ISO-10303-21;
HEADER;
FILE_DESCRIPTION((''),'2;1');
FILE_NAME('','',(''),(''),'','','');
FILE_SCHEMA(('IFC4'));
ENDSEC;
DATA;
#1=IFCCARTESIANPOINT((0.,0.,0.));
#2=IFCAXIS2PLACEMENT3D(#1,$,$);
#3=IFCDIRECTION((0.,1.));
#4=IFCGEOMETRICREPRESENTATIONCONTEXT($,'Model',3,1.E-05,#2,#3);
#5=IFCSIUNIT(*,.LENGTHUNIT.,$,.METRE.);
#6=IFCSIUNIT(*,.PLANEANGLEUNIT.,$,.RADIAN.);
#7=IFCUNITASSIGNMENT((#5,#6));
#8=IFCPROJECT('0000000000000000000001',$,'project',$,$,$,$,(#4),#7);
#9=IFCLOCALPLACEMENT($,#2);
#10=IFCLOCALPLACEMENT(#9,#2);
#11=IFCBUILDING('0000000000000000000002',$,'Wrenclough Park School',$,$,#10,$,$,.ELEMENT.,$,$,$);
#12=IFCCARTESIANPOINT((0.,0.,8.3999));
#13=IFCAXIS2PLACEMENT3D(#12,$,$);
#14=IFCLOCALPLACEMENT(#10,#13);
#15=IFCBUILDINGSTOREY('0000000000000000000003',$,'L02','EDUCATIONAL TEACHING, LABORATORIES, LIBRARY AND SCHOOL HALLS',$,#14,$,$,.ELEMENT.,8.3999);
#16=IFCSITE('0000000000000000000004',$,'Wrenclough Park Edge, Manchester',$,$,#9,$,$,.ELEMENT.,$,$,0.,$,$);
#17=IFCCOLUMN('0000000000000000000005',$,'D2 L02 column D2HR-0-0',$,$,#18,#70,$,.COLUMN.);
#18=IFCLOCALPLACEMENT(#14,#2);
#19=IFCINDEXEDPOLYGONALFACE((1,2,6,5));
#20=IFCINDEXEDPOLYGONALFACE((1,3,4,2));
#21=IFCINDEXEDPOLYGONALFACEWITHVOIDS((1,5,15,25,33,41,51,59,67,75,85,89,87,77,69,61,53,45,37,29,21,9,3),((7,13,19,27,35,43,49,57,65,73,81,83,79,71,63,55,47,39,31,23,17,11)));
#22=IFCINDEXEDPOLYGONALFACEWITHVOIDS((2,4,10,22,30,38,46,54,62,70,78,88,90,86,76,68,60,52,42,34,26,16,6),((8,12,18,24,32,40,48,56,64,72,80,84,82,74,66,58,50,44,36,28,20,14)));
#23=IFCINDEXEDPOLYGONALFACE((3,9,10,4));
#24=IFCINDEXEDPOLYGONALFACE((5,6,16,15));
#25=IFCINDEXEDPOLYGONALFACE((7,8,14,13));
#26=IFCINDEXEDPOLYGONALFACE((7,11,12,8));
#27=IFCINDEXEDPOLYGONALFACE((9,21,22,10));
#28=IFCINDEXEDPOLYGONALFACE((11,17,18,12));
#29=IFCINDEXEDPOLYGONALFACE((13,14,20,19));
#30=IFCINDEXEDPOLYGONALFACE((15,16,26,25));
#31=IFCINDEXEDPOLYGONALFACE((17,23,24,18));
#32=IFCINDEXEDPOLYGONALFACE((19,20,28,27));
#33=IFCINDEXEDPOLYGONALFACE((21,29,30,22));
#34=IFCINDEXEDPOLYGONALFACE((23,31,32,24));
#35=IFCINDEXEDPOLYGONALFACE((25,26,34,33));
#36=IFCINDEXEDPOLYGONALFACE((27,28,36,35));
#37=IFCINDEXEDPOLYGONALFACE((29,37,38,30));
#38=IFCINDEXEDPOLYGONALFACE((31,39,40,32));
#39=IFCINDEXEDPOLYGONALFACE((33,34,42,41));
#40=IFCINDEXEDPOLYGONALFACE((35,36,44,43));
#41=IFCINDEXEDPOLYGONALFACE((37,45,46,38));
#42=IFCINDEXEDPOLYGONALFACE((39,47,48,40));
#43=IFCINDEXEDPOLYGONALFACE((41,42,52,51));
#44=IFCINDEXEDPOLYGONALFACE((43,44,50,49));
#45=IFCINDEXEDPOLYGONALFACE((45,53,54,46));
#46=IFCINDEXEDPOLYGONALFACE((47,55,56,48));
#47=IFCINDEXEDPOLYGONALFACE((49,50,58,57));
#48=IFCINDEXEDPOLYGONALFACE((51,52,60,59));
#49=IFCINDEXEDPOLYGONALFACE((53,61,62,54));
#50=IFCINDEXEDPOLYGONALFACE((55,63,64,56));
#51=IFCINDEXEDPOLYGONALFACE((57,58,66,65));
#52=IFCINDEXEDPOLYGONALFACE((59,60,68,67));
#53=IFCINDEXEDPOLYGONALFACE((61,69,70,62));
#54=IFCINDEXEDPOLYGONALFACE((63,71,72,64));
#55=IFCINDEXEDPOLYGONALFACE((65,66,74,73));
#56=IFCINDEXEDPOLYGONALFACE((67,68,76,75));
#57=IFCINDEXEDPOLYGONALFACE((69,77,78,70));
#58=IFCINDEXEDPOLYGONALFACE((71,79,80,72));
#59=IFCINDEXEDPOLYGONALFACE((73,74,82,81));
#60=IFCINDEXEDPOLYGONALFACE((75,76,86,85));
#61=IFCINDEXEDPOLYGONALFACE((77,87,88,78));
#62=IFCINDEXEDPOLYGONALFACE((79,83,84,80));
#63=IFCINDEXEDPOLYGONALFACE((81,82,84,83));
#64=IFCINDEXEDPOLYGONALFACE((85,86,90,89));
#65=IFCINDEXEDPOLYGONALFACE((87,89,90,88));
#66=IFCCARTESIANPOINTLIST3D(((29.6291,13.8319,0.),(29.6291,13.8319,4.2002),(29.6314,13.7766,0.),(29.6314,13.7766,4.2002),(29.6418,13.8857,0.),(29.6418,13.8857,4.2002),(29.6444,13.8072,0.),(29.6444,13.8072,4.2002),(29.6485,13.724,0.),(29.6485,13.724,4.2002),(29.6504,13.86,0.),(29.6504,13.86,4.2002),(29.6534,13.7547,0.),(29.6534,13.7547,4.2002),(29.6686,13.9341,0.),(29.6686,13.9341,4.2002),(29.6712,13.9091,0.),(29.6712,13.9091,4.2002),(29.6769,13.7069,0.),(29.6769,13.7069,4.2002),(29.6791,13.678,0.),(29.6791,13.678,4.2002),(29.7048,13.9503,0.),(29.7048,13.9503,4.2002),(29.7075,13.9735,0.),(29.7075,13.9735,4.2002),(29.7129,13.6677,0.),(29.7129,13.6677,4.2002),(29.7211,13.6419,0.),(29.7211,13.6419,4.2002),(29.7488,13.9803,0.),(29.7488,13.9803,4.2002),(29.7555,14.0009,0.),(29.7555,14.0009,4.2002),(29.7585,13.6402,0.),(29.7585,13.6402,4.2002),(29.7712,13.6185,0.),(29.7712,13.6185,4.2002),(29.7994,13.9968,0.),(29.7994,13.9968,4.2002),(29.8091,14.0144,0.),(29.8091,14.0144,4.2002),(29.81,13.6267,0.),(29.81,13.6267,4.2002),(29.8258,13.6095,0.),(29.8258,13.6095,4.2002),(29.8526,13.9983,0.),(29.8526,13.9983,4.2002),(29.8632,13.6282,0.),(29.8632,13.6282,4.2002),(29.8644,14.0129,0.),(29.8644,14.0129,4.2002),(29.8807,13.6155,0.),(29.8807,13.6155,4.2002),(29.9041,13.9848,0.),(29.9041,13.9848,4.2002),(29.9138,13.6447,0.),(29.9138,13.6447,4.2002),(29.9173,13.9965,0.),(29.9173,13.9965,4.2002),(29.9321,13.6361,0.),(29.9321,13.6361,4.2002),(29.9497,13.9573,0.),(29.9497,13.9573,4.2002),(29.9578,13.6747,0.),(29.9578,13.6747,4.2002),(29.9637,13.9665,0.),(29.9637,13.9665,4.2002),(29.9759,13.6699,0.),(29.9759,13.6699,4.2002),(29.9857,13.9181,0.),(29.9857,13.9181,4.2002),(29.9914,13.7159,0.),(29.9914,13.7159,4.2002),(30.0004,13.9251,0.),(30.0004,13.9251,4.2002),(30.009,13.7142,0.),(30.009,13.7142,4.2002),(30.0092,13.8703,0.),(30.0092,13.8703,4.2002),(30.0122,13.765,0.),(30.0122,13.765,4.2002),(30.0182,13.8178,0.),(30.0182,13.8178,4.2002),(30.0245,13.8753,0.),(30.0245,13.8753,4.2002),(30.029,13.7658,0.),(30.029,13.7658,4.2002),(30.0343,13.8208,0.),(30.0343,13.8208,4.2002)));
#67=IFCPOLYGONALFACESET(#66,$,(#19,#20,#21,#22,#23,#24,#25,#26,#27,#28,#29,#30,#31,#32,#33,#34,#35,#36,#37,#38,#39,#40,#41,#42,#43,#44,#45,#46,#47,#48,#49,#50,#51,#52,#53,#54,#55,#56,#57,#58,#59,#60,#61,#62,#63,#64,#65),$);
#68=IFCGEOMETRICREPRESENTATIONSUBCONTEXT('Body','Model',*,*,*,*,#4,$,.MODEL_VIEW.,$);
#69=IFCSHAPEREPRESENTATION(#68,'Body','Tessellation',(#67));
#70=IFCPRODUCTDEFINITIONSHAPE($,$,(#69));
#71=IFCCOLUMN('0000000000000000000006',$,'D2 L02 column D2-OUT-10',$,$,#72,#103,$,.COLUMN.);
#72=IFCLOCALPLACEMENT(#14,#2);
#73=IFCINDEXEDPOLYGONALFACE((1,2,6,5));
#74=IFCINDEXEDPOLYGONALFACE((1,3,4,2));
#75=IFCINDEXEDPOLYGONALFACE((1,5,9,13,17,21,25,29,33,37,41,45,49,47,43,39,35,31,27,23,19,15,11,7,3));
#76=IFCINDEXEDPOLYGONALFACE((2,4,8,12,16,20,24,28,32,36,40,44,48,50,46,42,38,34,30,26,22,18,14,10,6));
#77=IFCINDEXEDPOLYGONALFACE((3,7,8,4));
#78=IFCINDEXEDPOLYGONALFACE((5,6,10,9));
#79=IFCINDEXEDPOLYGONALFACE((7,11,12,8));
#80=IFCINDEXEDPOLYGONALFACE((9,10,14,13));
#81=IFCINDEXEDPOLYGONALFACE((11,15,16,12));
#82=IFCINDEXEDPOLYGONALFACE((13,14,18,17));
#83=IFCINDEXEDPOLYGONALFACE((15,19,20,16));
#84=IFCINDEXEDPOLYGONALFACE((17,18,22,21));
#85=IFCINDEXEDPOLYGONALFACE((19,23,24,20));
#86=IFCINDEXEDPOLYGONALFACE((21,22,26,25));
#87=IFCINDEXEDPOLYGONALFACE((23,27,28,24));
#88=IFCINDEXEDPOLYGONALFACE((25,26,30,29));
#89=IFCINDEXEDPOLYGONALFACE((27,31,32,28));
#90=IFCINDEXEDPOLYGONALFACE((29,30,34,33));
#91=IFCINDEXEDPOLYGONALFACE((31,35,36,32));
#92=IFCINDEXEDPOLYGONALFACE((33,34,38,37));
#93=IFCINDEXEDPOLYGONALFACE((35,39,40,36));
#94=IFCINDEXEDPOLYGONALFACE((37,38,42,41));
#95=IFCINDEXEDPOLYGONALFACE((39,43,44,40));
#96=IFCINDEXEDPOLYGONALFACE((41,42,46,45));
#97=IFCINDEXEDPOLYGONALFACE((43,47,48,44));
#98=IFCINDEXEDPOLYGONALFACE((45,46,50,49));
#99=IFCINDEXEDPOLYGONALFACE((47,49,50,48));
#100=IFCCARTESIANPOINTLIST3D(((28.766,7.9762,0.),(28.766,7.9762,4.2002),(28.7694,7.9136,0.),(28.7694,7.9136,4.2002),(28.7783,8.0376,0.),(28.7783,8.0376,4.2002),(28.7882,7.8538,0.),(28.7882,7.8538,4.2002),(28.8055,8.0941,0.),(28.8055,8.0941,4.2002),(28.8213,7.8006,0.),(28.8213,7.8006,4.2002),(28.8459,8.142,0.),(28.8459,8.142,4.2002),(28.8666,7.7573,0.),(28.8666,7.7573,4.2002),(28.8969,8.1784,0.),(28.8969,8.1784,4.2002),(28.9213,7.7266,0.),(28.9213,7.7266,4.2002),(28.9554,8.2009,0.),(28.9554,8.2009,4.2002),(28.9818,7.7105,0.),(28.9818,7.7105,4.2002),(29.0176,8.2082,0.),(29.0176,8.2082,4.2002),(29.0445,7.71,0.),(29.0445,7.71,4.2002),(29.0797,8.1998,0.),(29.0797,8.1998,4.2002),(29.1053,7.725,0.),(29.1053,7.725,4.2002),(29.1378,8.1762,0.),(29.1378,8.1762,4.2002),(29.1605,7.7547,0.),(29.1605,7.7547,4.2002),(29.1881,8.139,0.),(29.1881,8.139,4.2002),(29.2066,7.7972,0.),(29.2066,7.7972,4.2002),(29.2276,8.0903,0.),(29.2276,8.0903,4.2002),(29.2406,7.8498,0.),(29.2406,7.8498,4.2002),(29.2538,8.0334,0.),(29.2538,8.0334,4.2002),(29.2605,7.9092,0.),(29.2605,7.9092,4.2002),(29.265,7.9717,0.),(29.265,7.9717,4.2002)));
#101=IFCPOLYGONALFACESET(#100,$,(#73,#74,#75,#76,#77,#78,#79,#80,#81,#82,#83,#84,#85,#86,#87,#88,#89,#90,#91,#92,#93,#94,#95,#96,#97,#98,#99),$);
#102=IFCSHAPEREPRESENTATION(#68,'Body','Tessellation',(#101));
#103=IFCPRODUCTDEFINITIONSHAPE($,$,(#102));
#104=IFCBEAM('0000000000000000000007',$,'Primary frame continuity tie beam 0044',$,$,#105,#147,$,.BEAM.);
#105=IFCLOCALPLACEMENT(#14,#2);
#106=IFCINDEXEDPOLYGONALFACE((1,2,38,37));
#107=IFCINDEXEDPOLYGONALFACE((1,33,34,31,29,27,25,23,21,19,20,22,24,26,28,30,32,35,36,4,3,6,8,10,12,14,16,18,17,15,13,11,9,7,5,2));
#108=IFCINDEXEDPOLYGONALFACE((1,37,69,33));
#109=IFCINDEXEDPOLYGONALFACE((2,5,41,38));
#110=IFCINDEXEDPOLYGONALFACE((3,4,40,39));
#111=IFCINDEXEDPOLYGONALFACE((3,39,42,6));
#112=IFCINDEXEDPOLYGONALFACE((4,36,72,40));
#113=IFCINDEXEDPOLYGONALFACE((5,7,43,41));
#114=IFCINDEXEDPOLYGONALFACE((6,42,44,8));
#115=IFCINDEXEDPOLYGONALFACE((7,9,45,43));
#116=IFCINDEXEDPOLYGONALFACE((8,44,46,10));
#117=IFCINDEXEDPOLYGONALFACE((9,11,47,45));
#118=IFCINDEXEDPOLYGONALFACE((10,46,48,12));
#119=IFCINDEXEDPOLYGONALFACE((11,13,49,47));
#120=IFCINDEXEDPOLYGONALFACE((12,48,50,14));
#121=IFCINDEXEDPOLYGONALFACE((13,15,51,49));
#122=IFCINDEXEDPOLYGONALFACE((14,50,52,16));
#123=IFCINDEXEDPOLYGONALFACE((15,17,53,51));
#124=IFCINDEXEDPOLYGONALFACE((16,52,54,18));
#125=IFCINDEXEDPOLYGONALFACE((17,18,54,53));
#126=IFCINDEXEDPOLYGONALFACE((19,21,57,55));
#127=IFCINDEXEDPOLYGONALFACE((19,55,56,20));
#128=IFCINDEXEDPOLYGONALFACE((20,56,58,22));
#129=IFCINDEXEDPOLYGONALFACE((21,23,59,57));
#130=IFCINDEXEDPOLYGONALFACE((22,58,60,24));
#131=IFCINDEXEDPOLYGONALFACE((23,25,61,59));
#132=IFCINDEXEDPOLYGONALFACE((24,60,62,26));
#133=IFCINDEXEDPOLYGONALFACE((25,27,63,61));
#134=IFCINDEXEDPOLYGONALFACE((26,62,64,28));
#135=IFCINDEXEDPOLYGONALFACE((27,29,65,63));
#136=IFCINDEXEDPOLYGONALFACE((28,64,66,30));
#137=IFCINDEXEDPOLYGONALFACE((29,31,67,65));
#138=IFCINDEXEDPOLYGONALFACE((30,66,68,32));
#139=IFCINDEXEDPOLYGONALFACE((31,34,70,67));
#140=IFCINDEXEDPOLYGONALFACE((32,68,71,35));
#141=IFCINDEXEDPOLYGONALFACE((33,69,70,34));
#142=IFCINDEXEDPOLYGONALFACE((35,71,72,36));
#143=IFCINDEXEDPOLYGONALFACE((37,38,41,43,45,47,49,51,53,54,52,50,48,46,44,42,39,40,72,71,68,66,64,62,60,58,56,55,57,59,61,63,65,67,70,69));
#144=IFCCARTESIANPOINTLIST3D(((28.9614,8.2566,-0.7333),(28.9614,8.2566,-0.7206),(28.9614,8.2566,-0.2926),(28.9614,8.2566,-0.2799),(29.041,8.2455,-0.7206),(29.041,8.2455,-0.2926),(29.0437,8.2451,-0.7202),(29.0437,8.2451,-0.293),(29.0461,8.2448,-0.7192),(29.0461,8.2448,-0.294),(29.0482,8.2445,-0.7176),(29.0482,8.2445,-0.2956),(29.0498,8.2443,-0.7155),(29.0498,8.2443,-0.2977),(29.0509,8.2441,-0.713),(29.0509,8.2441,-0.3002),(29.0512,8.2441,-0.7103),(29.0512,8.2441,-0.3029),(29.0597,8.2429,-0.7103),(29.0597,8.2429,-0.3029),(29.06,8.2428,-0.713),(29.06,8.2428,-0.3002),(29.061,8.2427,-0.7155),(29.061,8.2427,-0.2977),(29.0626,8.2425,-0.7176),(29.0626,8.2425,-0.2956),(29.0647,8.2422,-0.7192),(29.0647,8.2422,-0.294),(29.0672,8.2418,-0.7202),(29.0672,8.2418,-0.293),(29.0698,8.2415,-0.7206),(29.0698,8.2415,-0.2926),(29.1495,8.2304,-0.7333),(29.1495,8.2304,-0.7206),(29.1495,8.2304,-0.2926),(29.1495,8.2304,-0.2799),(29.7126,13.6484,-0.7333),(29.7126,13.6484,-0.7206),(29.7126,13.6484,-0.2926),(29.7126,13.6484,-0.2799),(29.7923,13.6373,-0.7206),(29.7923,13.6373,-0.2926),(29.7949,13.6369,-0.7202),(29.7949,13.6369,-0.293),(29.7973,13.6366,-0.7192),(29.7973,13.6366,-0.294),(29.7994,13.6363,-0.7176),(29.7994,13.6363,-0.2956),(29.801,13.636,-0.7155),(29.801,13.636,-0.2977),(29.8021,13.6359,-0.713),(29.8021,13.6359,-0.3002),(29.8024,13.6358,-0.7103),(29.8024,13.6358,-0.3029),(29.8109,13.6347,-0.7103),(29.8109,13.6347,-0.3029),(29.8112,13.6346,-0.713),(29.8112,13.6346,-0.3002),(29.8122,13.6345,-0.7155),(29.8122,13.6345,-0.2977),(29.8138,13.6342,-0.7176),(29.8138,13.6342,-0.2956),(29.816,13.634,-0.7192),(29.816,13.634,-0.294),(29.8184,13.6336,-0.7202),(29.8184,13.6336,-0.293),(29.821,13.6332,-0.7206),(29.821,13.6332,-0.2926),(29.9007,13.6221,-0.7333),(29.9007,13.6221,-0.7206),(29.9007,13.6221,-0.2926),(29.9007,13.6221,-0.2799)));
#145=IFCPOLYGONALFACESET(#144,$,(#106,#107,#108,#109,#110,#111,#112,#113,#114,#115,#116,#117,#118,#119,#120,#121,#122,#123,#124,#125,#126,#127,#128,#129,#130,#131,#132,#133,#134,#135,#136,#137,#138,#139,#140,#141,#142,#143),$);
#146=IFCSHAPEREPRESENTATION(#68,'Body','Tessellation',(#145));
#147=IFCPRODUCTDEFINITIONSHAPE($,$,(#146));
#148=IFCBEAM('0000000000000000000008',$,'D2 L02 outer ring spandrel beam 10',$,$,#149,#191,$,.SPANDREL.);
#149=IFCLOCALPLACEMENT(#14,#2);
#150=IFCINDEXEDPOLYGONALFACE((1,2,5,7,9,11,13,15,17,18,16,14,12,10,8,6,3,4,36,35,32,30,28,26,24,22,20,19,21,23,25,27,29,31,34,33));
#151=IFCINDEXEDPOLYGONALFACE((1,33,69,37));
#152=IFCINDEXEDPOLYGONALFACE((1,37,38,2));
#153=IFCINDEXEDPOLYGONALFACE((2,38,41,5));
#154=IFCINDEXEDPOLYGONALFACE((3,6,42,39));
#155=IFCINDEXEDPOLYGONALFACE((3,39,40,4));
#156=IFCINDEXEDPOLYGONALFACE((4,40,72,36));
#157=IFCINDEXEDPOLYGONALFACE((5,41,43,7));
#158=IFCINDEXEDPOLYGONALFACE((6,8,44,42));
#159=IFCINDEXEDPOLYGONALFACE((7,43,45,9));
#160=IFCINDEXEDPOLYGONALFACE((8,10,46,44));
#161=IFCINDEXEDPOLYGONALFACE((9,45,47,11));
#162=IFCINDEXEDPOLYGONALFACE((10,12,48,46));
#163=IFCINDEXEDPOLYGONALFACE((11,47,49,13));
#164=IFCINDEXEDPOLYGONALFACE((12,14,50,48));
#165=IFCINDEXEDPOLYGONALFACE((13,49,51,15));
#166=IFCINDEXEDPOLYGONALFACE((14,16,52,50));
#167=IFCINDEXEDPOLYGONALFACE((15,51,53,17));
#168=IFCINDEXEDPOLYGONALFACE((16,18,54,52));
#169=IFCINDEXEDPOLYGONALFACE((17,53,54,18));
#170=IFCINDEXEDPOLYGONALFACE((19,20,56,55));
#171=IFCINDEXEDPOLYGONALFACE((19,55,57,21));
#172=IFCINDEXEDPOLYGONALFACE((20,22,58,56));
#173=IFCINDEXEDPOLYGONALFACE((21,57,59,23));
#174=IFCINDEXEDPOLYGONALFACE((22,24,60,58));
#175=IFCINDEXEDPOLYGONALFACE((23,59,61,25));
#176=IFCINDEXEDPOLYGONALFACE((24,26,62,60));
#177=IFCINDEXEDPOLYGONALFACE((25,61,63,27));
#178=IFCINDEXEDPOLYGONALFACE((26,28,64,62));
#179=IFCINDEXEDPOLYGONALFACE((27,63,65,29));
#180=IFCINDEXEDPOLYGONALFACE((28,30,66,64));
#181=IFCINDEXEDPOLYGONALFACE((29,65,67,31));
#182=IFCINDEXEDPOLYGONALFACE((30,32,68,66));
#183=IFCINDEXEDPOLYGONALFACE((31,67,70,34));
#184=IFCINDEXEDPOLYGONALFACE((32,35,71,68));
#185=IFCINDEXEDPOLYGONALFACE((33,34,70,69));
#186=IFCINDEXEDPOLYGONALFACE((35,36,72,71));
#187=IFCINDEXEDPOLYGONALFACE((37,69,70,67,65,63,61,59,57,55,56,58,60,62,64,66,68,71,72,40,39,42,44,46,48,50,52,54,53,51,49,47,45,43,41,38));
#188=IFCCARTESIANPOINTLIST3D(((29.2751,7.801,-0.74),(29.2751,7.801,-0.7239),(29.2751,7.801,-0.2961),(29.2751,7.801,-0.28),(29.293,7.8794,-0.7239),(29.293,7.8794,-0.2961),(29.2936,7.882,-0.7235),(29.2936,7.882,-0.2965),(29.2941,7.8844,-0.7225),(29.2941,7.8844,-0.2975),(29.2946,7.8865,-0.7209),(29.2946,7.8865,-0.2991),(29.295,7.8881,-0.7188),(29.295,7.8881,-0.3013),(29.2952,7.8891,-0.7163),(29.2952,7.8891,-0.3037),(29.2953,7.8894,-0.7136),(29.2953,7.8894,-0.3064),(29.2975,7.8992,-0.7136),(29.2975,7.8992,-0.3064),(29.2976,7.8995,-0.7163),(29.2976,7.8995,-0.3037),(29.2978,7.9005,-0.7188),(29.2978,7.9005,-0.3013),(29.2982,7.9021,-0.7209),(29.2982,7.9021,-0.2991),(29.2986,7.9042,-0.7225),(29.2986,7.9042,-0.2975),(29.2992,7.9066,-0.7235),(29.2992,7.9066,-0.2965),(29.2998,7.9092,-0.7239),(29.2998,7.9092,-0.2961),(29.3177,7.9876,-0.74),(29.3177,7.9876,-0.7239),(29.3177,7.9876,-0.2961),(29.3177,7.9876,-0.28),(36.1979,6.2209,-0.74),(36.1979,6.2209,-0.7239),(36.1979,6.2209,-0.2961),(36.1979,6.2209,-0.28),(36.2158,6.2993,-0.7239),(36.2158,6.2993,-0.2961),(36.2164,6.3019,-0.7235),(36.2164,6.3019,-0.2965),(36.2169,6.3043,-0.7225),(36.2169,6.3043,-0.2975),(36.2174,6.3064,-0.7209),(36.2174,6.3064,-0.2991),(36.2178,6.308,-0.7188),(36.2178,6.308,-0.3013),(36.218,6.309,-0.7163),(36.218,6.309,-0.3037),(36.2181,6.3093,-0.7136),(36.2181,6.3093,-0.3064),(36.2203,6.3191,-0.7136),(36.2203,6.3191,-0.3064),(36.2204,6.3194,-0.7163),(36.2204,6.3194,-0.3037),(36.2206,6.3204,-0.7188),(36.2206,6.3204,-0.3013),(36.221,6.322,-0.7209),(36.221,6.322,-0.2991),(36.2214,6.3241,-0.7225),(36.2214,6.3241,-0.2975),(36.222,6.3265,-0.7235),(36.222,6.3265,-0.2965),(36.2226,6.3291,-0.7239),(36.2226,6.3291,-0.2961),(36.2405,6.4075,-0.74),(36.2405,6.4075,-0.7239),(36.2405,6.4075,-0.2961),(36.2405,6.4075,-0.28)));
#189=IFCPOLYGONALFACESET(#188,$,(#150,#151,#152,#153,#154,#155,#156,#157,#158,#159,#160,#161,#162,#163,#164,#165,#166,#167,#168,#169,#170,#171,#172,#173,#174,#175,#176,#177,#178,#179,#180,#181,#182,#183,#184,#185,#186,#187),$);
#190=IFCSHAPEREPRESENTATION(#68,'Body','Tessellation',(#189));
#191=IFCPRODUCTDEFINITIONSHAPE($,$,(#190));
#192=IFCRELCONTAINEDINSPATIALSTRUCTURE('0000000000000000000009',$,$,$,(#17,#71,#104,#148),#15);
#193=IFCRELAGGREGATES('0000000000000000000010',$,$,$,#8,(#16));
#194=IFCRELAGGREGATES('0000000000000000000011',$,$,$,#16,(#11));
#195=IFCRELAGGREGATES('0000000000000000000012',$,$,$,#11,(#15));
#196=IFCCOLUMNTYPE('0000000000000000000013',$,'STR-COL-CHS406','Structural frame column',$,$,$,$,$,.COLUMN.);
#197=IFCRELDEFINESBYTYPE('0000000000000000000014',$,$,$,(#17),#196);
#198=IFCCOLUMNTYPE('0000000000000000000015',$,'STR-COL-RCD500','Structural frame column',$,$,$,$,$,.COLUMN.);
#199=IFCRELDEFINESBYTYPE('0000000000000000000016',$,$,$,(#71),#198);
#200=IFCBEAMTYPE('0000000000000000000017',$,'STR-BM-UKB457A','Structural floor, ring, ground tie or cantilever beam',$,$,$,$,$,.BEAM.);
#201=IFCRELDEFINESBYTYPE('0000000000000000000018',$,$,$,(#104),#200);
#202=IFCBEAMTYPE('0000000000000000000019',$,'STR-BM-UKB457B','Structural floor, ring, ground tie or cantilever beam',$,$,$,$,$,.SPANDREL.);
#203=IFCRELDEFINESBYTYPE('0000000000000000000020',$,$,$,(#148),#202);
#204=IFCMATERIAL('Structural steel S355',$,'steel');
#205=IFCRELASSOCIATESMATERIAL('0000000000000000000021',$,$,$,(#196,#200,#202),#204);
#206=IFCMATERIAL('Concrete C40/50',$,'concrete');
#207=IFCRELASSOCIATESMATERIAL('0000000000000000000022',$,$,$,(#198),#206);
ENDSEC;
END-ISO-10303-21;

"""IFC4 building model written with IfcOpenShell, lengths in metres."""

from ifc_helpers import new_model, si_unit, direction, frame, origin, origin_2d, place, context, subcontext, project, spatial, circle, hollow_circle, i_section, extrude, material, material_profile, profile_set, type_object, element, save


model = new_model("IFC4")

# Units and contexts
model_context = context("Model", 3, precision=1e-05, world=origin(), true_north=direction((0.0, 1.0)))
body_context = subcontext(model_context, "Body", "Model", "MODEL_VIEW")
ifc_project = project(units=[si_unit("LENGTHUNIT", "METRE"), si_unit("PLANEANGLEUNIT", "RADIAN")], contexts=[model_context])

# Site, building, storey
site_placement = place(None, origin())
site = spatial("IfcSite", under=ifc_project, at=site_placement, Name="Wrenclough Park Edge, Manchester", CompositionType="ELEMENT", RefElevation=0.0)
building_placement = place(site_placement, origin())
building = spatial("IfcBuilding", under=site, at=building_placement, Name="Wrenclough Park School", CompositionType="ELEMENT")
storey_placement = place(building_placement, frame((0.0, 0.0, 8.3999)))
storey = spatial("IfcBuildingStorey", under=building, at=storey_placement, Name="L02", Description="EDUCATIONAL TEACHING, LABORATORIES, LIBRARY AND SCHOOL HALLS", CompositionType="ELEMENT", Elevation=8.3999)

# Columns
ifc_material_1 = material(Name="Structural steel S355", Category="steel")
ifc_material_profile_1 = material_profile(ifc_material_1, hollow_circle(Radius=0.2031, WallThickness=0.0161, at=origin_2d()), Name="CHS 406.4x16.0")
ifc_profile_set_1 = profile_set([ifc_material_profile_1], Name="Structural steel S355")
column_type_1 = type_object("IfcColumnType", Name="STR-COL-CHS406", Description="Structural frame column", PredefinedType="COLUMN", material=ifc_profile_set_1)
column_1_placement = place(storey_placement, frame((29.8313, 13.8125, 0.0), z_axis=(0.0, 0.0, 1.0), x_axis=(0.951057, 0.309017, 0.0)))
element("IfcColumn", 1, at=column_1_placement, inside=storey, type_object=column_type_1, Name="D2 L02 column D2HR-0-0", PredefinedType="COLUMN", context=body_context, shape_type="SweptSolid", body=[
    extrude(hollow_circle(Radius=0.2031, WallThickness=0.0161, at=origin_2d()), origin(), (0.0, 0.0, 1.0), 4.2002),
])
ifc_material_2 = material(Name="Concrete C40/50", Category="concrete")
ifc_material_profile_2 = material_profile(ifc_material_2, circle(Radius=0.25, at=origin_2d()), Name="RC COL D500")
ifc_profile_set_2 = profile_set([ifc_material_profile_2], Name="Concrete C40/50")
column_type_2 = type_object("IfcColumnType", Name="STR-COL-RCD500", Description="Structural frame column", PredefinedType="COLUMN", material=ifc_profile_set_2)
column_2_placement = place(storey_placement, frame((29.0154, 7.9583, 0.0), z_axis=(0.0, 0.0, 1.0), x_axis=(0.901001, -0.433816, 0.0)))
element("IfcColumn", 2, at=column_2_placement, inside=storey, type_object=column_type_2, Name="D2 L02 column D2-OUT-10", PredefinedType="COLUMN", context=body_context, shape_type="SweptSolid", body=[
    extrude(circle(Radius=0.25, at=origin_2d()), origin(), (0.0, 0.0, 1.0), 4.2002),
])

# Beams
ifc_material_profile_3 = material_profile(ifc_material_1, i_section(OverallWidth=0.1899, OverallDepth=0.4534, WebThickness=0.0085, FlangeThickness=0.0127, FilletRadius=0.0103, at=origin_2d()), Name="UKB 457x191x67")
ifc_profile_set_3 = profile_set([ifc_material_profile_3], Name="Structural steel S355")
beam_type_1 = type_object("IfcBeamType", Name="STR-BM-UKB457A", Description="Structural floor, ring, ground tie or cantilever beam", PredefinedType="BEAM", material=ifc_profile_set_3)
beam_1_placement = place(storey_placement, frame((29.8066, 13.6353, -0.5066), z_axis=(-0.137992, -0.990433, 0.0), x_axis=(0.990433, -0.137992, 0.0)))
element("IfcBeam", 3, at=beam_1_placement, inside=storey, type_object=beam_type_1, Name="Primary frame continuity tie beam 0044", PredefinedType="BEAM", context=body_context, shape_type="SweptSolid", body=[
    extrude(i_section(OverallWidth=0.1899, OverallDepth=0.4534, WebThickness=0.0085, FlangeThickness=0.0127, FilletRadius=0.0103, at=origin_2d()), origin(), (0.0, 0.0, 1.0), 5.4438),
])
ifc_material_profile_4 = material_profile(ifc_material_1, i_section(OverallWidth=0.1914, OverallDepth=0.46, WebThickness=0.01, FlangeThickness=0.0161, FilletRadius=0.0103, at=origin_2d()), Name="UKB 457x191x82")
ifc_profile_set_4 = profile_set([ifc_material_profile_4], Name="Structural steel S355")
beam_type_2 = type_object("IfcBeamType", Name="STR-BM-UKB457B", Description="Structural floor, ring, ground tie or cantilever beam", PredefinedType="SPANDREL", material=ifc_profile_set_4)
beam_2_placement = place(storey_placement, frame((29.2964, 7.8943, -0.51), z_axis=(0.974928, -0.222519, 0.0), x_axis=(0.222519, 0.974928, 0.0)))
element("IfcBeam", 4, at=beam_2_placement, inside=storey, type_object=beam_type_2, Name="D2 L02 outer ring spandrel beam 10", PredefinedType="SPANDREL", context=body_context, shape_type="SweptSolid", body=[
    extrude(i_section(OverallWidth=0.1914, OverallDepth=0.46, WebThickness=0.01, FlangeThickness=0.0161, FilletRadius=0.0103, at=origin_2d()), origin(), (0.0, 0.0, 1.0), 7.1008),
])

save(model, "model.ifc")
